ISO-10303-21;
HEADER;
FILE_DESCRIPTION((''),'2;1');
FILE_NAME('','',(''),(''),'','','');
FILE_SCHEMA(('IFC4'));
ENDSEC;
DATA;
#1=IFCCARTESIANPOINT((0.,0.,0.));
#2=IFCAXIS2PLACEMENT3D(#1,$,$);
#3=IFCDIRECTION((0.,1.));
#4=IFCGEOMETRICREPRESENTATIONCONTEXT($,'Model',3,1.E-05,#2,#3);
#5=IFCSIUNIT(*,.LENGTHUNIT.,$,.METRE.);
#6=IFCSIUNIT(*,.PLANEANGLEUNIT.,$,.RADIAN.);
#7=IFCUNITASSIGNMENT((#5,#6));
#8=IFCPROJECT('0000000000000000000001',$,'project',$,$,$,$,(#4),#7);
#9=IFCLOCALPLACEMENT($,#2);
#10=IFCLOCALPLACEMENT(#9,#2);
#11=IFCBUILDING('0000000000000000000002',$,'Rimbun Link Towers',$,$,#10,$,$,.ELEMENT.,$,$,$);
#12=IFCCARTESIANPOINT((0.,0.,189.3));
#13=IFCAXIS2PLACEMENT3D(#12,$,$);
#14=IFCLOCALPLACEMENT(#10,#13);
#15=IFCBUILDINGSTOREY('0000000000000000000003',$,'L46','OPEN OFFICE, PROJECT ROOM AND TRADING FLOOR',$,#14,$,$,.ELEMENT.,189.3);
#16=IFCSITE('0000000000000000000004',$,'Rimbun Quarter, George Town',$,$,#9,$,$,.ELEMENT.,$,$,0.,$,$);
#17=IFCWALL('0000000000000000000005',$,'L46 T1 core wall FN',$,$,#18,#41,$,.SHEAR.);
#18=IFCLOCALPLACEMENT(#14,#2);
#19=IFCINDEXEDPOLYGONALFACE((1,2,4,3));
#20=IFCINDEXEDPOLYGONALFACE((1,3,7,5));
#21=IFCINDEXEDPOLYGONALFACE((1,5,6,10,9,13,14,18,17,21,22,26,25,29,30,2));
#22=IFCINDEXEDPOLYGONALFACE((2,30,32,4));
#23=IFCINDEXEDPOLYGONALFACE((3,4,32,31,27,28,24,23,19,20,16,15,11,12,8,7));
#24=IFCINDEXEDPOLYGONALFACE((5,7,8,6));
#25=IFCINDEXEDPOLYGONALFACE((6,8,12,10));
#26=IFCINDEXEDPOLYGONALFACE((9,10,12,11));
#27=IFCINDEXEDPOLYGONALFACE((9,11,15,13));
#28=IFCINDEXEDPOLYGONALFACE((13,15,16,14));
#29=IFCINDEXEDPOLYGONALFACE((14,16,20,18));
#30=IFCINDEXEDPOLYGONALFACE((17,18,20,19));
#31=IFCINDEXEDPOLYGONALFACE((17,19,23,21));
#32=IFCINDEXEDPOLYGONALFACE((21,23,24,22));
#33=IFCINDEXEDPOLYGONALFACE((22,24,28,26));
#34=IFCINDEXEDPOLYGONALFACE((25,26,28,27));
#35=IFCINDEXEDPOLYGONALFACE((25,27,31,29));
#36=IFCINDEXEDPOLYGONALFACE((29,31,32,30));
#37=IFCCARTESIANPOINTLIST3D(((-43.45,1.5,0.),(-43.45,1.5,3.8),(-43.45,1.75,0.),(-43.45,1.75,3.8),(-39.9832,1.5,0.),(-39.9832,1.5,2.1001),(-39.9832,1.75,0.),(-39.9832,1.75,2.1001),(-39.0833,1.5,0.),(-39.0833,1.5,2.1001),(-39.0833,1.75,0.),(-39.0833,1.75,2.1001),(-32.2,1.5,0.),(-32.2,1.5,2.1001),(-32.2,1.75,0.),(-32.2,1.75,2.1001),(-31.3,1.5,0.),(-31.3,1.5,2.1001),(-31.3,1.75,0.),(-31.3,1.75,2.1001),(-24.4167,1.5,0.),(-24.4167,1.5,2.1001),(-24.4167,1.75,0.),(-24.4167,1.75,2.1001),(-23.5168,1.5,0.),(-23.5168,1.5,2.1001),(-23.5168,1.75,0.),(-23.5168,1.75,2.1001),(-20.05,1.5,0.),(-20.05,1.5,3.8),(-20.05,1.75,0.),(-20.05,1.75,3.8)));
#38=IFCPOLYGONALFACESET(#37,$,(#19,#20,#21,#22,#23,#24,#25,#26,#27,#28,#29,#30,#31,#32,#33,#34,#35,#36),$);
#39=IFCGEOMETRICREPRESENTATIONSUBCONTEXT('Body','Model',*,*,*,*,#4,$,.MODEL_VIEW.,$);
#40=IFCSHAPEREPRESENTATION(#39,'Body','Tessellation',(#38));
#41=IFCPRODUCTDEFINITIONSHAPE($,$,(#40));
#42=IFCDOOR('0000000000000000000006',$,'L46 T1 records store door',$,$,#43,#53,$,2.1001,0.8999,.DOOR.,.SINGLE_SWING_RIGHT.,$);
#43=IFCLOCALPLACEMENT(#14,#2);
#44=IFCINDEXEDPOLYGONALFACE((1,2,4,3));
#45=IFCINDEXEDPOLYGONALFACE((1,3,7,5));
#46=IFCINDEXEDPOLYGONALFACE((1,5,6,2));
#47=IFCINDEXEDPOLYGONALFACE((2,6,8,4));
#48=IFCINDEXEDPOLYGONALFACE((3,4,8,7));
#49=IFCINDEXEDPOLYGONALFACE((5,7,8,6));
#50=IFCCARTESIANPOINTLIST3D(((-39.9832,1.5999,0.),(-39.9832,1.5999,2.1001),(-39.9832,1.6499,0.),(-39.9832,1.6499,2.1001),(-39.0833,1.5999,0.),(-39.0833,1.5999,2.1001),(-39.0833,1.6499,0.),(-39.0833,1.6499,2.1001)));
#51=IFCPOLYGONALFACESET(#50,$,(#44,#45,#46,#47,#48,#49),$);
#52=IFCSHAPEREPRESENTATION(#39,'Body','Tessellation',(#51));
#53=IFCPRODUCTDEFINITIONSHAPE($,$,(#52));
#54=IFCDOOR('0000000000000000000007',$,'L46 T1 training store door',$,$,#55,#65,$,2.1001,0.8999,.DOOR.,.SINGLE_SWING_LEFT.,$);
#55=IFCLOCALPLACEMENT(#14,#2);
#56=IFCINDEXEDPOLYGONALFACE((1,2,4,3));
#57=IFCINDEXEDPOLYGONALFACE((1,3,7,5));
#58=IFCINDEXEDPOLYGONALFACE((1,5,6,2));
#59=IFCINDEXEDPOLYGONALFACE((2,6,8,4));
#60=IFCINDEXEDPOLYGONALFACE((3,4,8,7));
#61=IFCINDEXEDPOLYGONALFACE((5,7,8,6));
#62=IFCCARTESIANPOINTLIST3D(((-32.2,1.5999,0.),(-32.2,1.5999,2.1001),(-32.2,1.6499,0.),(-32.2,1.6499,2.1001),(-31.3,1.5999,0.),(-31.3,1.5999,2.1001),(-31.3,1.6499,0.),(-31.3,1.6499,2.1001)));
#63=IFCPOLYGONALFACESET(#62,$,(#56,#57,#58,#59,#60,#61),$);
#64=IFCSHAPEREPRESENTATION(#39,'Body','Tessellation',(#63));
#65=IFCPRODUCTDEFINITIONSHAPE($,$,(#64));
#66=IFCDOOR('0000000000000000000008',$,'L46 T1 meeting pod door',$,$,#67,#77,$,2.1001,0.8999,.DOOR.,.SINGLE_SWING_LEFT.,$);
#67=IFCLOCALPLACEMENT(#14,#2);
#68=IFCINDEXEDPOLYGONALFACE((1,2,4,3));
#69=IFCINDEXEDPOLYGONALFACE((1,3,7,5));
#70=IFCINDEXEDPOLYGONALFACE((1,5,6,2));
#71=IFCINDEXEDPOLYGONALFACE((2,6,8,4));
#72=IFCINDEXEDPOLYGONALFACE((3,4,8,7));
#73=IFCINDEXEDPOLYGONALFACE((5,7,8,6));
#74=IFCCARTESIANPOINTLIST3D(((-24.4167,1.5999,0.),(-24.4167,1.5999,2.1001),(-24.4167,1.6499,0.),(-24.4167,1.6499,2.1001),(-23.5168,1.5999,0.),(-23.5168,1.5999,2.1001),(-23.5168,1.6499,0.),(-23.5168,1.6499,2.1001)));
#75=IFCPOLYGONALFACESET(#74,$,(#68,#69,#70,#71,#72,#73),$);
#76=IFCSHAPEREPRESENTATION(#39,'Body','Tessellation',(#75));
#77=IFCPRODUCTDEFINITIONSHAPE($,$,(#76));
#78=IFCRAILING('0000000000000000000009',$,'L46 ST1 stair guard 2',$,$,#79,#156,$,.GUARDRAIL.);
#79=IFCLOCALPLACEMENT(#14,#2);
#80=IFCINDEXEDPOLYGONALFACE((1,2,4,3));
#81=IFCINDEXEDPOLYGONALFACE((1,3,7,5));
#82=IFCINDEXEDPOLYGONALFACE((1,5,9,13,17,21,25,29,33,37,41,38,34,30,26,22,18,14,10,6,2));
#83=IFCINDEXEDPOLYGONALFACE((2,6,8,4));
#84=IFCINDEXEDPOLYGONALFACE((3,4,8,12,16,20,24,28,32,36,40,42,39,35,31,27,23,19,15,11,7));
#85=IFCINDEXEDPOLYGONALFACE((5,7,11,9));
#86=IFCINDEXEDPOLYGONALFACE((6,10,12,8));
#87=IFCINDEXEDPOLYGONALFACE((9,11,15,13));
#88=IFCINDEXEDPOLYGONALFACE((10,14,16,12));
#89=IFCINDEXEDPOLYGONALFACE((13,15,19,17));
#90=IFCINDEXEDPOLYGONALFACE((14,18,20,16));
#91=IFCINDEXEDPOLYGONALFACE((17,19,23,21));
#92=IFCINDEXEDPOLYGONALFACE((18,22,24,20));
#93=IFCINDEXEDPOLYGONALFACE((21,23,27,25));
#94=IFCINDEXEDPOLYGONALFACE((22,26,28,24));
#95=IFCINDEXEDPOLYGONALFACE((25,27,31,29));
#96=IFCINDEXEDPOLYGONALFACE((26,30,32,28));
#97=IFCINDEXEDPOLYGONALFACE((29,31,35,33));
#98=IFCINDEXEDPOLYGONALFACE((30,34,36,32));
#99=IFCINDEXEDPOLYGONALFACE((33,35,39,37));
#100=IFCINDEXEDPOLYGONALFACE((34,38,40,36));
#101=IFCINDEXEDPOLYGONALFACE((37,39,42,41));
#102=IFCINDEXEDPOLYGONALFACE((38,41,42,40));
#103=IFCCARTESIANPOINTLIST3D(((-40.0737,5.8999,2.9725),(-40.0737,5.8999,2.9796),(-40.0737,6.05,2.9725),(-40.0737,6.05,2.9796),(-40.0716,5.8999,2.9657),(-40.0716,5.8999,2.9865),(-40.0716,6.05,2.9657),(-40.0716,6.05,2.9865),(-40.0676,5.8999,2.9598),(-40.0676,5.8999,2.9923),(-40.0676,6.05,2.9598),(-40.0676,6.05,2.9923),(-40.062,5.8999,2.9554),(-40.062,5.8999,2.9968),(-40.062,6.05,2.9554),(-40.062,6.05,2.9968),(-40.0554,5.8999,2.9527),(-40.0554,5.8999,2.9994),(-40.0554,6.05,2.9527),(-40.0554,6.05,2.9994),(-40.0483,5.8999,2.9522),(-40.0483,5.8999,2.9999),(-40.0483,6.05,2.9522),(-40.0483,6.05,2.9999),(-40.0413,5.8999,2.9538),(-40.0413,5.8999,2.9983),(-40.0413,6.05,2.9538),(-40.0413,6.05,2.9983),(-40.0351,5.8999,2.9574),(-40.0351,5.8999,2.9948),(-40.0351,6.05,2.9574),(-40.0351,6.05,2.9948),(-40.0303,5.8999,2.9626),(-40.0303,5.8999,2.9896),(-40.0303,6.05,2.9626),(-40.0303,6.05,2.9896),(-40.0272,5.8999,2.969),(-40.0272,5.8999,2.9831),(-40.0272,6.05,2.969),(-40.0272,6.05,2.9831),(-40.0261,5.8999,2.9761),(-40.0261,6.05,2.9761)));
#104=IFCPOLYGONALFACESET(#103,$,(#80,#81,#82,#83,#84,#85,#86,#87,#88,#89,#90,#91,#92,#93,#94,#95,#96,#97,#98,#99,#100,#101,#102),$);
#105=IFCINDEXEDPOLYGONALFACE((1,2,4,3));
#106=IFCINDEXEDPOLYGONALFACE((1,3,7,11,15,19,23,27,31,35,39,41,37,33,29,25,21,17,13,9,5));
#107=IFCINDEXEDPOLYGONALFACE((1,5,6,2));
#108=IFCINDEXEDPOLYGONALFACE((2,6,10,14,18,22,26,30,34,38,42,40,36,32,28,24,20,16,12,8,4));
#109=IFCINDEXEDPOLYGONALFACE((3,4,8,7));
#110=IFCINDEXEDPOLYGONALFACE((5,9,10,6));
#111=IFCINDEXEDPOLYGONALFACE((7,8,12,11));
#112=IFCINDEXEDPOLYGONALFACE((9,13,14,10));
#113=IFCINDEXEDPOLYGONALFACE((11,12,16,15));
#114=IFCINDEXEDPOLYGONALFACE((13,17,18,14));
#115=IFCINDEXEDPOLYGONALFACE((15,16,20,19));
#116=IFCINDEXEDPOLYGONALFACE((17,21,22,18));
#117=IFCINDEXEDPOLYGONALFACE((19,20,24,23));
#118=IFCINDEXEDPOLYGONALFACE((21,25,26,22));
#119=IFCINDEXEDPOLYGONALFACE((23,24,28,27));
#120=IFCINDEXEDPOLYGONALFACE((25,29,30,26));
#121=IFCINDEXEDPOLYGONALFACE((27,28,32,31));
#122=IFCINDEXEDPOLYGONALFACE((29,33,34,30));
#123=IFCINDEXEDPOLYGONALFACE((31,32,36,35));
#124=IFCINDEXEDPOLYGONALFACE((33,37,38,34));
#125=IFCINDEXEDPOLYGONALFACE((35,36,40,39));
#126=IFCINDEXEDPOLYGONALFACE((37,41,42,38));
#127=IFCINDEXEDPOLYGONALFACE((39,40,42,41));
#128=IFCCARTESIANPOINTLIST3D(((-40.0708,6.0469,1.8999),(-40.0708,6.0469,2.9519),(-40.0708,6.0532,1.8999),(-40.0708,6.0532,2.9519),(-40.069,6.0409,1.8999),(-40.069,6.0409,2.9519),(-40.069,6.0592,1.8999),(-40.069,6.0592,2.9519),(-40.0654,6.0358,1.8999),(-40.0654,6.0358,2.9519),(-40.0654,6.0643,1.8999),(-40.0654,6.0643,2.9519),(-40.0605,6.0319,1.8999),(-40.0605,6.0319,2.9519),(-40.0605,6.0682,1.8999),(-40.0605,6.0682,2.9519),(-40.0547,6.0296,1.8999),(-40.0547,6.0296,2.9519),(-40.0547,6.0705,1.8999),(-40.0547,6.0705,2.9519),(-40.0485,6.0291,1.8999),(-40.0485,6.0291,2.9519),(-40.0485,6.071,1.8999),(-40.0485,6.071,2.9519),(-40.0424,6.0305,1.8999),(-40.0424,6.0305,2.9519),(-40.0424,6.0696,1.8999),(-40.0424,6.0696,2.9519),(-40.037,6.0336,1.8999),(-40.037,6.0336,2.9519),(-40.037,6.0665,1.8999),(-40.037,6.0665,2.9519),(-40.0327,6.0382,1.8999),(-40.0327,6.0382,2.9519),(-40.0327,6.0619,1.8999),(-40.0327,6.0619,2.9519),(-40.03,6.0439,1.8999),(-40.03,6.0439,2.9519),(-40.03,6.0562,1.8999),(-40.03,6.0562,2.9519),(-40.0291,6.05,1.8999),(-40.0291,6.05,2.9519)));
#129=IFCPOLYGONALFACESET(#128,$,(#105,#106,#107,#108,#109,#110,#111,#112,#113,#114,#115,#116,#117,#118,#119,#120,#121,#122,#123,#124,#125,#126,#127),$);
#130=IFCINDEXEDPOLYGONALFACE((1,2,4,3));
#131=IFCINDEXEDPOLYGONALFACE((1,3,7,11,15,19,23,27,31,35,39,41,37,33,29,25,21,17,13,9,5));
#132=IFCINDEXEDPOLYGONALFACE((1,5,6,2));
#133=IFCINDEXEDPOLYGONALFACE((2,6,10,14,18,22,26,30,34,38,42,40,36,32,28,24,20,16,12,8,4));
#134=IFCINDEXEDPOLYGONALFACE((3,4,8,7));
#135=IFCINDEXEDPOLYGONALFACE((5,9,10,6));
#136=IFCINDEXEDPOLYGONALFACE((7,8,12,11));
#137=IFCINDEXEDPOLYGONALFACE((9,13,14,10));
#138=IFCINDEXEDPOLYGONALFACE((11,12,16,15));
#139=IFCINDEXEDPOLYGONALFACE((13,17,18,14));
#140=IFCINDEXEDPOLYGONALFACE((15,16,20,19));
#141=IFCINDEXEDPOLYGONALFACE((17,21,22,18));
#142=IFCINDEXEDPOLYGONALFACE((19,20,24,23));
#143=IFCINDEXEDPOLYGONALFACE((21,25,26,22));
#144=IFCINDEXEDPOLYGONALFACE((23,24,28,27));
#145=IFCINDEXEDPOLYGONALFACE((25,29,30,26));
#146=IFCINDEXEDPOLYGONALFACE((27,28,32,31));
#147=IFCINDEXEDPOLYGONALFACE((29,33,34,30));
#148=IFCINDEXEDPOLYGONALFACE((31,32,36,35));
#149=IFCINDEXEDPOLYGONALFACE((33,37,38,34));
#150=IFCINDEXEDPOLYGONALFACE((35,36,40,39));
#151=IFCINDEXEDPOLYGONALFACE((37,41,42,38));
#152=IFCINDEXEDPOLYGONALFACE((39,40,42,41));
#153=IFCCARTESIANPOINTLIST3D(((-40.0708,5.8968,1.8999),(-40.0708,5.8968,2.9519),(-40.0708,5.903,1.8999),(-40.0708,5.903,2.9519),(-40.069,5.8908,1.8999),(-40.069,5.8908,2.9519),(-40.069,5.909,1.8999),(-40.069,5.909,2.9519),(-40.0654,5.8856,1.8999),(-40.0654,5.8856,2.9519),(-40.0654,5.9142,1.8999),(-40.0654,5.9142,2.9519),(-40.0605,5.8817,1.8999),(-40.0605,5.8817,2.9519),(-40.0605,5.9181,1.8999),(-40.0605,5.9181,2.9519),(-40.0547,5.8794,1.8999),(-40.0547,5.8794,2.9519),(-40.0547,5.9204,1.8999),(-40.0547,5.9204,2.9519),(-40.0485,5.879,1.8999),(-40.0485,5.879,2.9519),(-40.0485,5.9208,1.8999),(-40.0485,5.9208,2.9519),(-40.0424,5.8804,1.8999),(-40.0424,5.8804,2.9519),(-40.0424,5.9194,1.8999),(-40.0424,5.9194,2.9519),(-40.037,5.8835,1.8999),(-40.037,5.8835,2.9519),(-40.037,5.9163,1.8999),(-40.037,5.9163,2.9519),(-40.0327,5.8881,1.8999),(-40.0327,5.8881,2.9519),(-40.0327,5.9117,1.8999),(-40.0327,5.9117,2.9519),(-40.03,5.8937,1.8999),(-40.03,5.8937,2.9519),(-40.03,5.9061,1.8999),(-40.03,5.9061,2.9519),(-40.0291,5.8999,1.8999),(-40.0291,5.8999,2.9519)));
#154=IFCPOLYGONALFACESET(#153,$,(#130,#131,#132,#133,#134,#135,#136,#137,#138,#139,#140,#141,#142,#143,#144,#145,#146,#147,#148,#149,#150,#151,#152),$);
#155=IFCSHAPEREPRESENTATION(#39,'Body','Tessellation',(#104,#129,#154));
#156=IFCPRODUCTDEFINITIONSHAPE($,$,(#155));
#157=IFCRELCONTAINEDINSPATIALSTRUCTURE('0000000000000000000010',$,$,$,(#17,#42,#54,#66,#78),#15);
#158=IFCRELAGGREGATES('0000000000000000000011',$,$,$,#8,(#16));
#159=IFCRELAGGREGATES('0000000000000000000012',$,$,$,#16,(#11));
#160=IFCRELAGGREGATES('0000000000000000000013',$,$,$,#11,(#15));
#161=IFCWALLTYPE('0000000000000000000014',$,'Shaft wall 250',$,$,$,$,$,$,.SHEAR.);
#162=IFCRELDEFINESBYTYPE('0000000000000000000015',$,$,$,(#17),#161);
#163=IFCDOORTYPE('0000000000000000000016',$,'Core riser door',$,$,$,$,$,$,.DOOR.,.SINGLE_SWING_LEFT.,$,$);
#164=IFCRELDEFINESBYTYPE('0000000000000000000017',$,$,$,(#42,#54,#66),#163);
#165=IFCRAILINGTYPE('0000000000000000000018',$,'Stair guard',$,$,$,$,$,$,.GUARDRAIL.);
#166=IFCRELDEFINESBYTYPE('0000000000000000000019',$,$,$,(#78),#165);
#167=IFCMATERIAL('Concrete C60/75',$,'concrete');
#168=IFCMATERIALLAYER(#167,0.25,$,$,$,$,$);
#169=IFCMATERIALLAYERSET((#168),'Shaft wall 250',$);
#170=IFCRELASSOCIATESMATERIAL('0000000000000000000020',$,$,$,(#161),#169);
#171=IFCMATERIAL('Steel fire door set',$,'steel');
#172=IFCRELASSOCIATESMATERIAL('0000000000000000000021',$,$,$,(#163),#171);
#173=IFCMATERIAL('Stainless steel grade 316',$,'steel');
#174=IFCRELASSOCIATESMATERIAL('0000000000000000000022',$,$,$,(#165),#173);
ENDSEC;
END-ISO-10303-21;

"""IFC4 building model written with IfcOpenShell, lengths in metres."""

from ifc_helpers import new_model, si_unit, direction, frame, frame_2d, origin, origin_2d, place, context, subcontext, project, spatial, rectangle, circle, extrude, material, layer, layer_set, type_object, element, fill, save


model = new_model("IFC4")

# Units and contexts
model_context = context("Model", 3, precision=1e-05, world=origin(), true_north=direction((0.0, 1.0)))
body_context = subcontext(model_context, "Body", "Model", "MODEL_VIEW")
ifc_project = project(units=[si_unit("LENGTHUNIT", "METRE"), si_unit("PLANEANGLEUNIT", "RADIAN")], contexts=[model_context])

# Site, building, storey
site_placement = place(None, origin())
site = spatial("IfcSite", under=ifc_project, at=site_placement, Name="Rimbun Quarter, George Town", CompositionType="ELEMENT", RefElevation=0.0)
building_placement = place(site_placement, origin())
building = spatial("IfcBuilding", under=site, at=building_placement, Name="Rimbun Link Towers", CompositionType="ELEMENT")
storey_placement = place(building_placement, frame((0.0, 0.0, 189.3)))
storey = spatial("IfcBuildingStorey", under=building, at=storey_placement, Name="L46", Description="OPEN OFFICE, PROJECT ROOM AND TRADING FLOOR", CompositionType="ELEMENT", Elevation=189.3)

# Shared definitions
ifc_material_1 = material(Name="Concrete C60/75", Category="concrete")
ifc_layer_1 = layer(ifc_material_1, 0.25)
ifc_layer_set_1 = layer_set([ifc_layer_1], Name="Shaft wall 250")
wall_type_1 = type_object("IfcWallType", Name="Shaft wall 250", PredefinedType="SHEAR", material=ifc_layer_set_1)

# Wall, openings, doors
wall_1_placement = place(storey_placement, frame((-43.45, 1.625, 0.0), z_axis=(0.0, 0.0, 1.0), x_axis=(1.0, 0.0, 0.0)))
wall_1 = element("IfcWall", 1, at=wall_1_placement, inside=storey, type_object=wall_type_1, Name="L46 T1 core wall FN", PredefinedType="SHEAR", context=body_context, shape_type="SweptSolid", body=[
    extrude(rectangle(XDim=23.3999, YDim=0.25, at=frame_2d((11.7, 0.0))), origin(), (0.0, 0.0, 1.0), 3.8),
])
opening_1_placement = place(wall_1_placement, frame((3.4668, 0.0, 0.0)))
opening_1 = element("IfcOpeningElement", 2, at=opening_1_placement, cuts=wall_1, PredefinedType="OPENING", context=body_context, shape_type="SweptSolid", body=[
    extrude(rectangle(XDim=0.8999, YDim=2.1001, at=frame_2d((0.45, 1.05))), frame((0.0, 0.135, 0.0), z_axis=(0.0, -1.0, 0.0), x_axis=(1.0, 0.0, 0.0)), (0.0, 0.0, 1.0), 0.27),
])
opening_2_placement = place(wall_1_placement, frame((11.25, 0.0, 0.0)))
opening_2 = element("IfcOpeningElement", 3, at=opening_2_placement, cuts=wall_1, PredefinedType="OPENING", context=body_context, shape_type="SweptSolid", body=[
    extrude(rectangle(XDim=0.8999, YDim=2.1001, at=frame_2d((0.45, 1.05))), frame((0.0, 0.135, 0.0), z_axis=(0.0, -1.0, 0.0), x_axis=(1.0, 0.0, 0.0)), (0.0, 0.0, 1.0), 0.27),
])
opening_3_placement = place(wall_1_placement, frame((19.0332, 0.0, 0.0)))
opening_3 = element("IfcOpeningElement", 4, at=opening_3_placement, cuts=wall_1, PredefinedType="OPENING", context=body_context, shape_type="SweptSolid", body=[
    extrude(rectangle(XDim=0.8999, YDim=2.1001, at=frame_2d((0.45, 1.05))), frame((0.0, 0.135, 0.0), z_axis=(0.0, -1.0, 0.0), x_axis=(1.0, 0.0, 0.0)), (0.0, 0.0, 1.0), 0.27),
])
ifc_material_2 = material(Name="Steel fire door set", Category="steel")
door_type_1 = type_object("IfcDoorType", Name="Core riser door", OperationType="SINGLE_SWING_LEFT", PredefinedType="DOOR", material=ifc_material_2)
door_1_placement = place(opening_1_placement, origin())
door_1 = element("IfcDoor", 5, at=door_1_placement, inside=storey, type_object=door_type_1, Name="L46 T1 records store door", OperationType="SINGLE_SWING_RIGHT", OverallHeight=2.1001, OverallWidth=0.8999, PredefinedType="DOOR", context=body_context, shape_type="SweptSolid", body=[
    extrude(rectangle(XDim=0.8999, YDim=2.1001, at=frame_2d((0.45, 1.05))), frame((0.0, 0.0249, 0.0), z_axis=(0.0, -1.0, 0.0), x_axis=(1.0, 0.0, 0.0)), (0.0, 0.0, 1.0), 0.05),
])
fill(opening_1, door_1)
door_2_placement = place(opening_2_placement, origin())
door_2 = element("IfcDoor", 6, at=door_2_placement, inside=storey, type_object=door_type_1, Name="L46 T1 training store door", OperationType="SINGLE_SWING_LEFT", OverallHeight=2.1001, OverallWidth=0.8999, PredefinedType="DOOR", context=body_context, shape_type="SweptSolid", body=[
    extrude(rectangle(XDim=0.8999, YDim=2.1001, at=frame_2d((0.45, 1.05))), frame((0.0, 0.0249, 0.0), z_axis=(0.0, -1.0, 0.0), x_axis=(1.0, 0.0, 0.0)), (0.0, 0.0, 1.0), 0.05),
])
fill(opening_2, door_2)
door_3_placement = place(opening_3_placement, origin())
door_3 = element("IfcDoor", 7, at=door_3_placement, inside=storey, type_object=door_type_1, Name="L46 T1 meeting pod door", OperationType="SINGLE_SWING_LEFT", OverallHeight=2.1001, OverallWidth=0.8999, PredefinedType="DOOR", context=body_context, shape_type="SweptSolid", body=[
    extrude(rectangle(XDim=0.8999, YDim=2.1001, at=frame_2d((0.45, 1.05))), frame((0.0, 0.0249, 0.0), z_axis=(0.0, -1.0, 0.0), x_axis=(1.0, 0.0, 0.0)), (0.0, 0.0, 1.0), 0.05),
])
fill(opening_3, door_3)

# Railing
ifc_material_3 = material(Name="Stainless steel grade 316", Category="steel")
railing_type_1 = type_object("IfcRailingType", Name="Stair guard", PredefinedType="GUARDRAIL", material=ifc_material_3)
railing_1_placement = place(storey_placement, frame((-40.05, 6.05, 1.8999)))
element("IfcRailing", 8, at=railing_1_placement, inside=storey, type_object=railing_type_1, Name="L46 ST1 stair guard 2", PredefinedType="GUARDRAIL", context=body_context, shape_type="SweptSolid", body=[
    extrude(circle(Radius=0.0239, at=origin_2d()), frame((0.0, 0.0, 1.0762), z_axis=(0.0, -1.0, 0.0), x_axis=(1.0, 0.0, 0.0)), (0.0, 0.0, 1.0), 0.1501),
    extrude(circle(Radius=0.021, at=origin_2d()), origin(), (0.0, 0.0, 1.0), 1.052),
    extrude(circle(Radius=0.021, at=origin_2d()), frame((0.0, -0.1501, 0.0)), (0.0, 0.0, 1.0), 1.052),
])

save(model, "model.ifc")
